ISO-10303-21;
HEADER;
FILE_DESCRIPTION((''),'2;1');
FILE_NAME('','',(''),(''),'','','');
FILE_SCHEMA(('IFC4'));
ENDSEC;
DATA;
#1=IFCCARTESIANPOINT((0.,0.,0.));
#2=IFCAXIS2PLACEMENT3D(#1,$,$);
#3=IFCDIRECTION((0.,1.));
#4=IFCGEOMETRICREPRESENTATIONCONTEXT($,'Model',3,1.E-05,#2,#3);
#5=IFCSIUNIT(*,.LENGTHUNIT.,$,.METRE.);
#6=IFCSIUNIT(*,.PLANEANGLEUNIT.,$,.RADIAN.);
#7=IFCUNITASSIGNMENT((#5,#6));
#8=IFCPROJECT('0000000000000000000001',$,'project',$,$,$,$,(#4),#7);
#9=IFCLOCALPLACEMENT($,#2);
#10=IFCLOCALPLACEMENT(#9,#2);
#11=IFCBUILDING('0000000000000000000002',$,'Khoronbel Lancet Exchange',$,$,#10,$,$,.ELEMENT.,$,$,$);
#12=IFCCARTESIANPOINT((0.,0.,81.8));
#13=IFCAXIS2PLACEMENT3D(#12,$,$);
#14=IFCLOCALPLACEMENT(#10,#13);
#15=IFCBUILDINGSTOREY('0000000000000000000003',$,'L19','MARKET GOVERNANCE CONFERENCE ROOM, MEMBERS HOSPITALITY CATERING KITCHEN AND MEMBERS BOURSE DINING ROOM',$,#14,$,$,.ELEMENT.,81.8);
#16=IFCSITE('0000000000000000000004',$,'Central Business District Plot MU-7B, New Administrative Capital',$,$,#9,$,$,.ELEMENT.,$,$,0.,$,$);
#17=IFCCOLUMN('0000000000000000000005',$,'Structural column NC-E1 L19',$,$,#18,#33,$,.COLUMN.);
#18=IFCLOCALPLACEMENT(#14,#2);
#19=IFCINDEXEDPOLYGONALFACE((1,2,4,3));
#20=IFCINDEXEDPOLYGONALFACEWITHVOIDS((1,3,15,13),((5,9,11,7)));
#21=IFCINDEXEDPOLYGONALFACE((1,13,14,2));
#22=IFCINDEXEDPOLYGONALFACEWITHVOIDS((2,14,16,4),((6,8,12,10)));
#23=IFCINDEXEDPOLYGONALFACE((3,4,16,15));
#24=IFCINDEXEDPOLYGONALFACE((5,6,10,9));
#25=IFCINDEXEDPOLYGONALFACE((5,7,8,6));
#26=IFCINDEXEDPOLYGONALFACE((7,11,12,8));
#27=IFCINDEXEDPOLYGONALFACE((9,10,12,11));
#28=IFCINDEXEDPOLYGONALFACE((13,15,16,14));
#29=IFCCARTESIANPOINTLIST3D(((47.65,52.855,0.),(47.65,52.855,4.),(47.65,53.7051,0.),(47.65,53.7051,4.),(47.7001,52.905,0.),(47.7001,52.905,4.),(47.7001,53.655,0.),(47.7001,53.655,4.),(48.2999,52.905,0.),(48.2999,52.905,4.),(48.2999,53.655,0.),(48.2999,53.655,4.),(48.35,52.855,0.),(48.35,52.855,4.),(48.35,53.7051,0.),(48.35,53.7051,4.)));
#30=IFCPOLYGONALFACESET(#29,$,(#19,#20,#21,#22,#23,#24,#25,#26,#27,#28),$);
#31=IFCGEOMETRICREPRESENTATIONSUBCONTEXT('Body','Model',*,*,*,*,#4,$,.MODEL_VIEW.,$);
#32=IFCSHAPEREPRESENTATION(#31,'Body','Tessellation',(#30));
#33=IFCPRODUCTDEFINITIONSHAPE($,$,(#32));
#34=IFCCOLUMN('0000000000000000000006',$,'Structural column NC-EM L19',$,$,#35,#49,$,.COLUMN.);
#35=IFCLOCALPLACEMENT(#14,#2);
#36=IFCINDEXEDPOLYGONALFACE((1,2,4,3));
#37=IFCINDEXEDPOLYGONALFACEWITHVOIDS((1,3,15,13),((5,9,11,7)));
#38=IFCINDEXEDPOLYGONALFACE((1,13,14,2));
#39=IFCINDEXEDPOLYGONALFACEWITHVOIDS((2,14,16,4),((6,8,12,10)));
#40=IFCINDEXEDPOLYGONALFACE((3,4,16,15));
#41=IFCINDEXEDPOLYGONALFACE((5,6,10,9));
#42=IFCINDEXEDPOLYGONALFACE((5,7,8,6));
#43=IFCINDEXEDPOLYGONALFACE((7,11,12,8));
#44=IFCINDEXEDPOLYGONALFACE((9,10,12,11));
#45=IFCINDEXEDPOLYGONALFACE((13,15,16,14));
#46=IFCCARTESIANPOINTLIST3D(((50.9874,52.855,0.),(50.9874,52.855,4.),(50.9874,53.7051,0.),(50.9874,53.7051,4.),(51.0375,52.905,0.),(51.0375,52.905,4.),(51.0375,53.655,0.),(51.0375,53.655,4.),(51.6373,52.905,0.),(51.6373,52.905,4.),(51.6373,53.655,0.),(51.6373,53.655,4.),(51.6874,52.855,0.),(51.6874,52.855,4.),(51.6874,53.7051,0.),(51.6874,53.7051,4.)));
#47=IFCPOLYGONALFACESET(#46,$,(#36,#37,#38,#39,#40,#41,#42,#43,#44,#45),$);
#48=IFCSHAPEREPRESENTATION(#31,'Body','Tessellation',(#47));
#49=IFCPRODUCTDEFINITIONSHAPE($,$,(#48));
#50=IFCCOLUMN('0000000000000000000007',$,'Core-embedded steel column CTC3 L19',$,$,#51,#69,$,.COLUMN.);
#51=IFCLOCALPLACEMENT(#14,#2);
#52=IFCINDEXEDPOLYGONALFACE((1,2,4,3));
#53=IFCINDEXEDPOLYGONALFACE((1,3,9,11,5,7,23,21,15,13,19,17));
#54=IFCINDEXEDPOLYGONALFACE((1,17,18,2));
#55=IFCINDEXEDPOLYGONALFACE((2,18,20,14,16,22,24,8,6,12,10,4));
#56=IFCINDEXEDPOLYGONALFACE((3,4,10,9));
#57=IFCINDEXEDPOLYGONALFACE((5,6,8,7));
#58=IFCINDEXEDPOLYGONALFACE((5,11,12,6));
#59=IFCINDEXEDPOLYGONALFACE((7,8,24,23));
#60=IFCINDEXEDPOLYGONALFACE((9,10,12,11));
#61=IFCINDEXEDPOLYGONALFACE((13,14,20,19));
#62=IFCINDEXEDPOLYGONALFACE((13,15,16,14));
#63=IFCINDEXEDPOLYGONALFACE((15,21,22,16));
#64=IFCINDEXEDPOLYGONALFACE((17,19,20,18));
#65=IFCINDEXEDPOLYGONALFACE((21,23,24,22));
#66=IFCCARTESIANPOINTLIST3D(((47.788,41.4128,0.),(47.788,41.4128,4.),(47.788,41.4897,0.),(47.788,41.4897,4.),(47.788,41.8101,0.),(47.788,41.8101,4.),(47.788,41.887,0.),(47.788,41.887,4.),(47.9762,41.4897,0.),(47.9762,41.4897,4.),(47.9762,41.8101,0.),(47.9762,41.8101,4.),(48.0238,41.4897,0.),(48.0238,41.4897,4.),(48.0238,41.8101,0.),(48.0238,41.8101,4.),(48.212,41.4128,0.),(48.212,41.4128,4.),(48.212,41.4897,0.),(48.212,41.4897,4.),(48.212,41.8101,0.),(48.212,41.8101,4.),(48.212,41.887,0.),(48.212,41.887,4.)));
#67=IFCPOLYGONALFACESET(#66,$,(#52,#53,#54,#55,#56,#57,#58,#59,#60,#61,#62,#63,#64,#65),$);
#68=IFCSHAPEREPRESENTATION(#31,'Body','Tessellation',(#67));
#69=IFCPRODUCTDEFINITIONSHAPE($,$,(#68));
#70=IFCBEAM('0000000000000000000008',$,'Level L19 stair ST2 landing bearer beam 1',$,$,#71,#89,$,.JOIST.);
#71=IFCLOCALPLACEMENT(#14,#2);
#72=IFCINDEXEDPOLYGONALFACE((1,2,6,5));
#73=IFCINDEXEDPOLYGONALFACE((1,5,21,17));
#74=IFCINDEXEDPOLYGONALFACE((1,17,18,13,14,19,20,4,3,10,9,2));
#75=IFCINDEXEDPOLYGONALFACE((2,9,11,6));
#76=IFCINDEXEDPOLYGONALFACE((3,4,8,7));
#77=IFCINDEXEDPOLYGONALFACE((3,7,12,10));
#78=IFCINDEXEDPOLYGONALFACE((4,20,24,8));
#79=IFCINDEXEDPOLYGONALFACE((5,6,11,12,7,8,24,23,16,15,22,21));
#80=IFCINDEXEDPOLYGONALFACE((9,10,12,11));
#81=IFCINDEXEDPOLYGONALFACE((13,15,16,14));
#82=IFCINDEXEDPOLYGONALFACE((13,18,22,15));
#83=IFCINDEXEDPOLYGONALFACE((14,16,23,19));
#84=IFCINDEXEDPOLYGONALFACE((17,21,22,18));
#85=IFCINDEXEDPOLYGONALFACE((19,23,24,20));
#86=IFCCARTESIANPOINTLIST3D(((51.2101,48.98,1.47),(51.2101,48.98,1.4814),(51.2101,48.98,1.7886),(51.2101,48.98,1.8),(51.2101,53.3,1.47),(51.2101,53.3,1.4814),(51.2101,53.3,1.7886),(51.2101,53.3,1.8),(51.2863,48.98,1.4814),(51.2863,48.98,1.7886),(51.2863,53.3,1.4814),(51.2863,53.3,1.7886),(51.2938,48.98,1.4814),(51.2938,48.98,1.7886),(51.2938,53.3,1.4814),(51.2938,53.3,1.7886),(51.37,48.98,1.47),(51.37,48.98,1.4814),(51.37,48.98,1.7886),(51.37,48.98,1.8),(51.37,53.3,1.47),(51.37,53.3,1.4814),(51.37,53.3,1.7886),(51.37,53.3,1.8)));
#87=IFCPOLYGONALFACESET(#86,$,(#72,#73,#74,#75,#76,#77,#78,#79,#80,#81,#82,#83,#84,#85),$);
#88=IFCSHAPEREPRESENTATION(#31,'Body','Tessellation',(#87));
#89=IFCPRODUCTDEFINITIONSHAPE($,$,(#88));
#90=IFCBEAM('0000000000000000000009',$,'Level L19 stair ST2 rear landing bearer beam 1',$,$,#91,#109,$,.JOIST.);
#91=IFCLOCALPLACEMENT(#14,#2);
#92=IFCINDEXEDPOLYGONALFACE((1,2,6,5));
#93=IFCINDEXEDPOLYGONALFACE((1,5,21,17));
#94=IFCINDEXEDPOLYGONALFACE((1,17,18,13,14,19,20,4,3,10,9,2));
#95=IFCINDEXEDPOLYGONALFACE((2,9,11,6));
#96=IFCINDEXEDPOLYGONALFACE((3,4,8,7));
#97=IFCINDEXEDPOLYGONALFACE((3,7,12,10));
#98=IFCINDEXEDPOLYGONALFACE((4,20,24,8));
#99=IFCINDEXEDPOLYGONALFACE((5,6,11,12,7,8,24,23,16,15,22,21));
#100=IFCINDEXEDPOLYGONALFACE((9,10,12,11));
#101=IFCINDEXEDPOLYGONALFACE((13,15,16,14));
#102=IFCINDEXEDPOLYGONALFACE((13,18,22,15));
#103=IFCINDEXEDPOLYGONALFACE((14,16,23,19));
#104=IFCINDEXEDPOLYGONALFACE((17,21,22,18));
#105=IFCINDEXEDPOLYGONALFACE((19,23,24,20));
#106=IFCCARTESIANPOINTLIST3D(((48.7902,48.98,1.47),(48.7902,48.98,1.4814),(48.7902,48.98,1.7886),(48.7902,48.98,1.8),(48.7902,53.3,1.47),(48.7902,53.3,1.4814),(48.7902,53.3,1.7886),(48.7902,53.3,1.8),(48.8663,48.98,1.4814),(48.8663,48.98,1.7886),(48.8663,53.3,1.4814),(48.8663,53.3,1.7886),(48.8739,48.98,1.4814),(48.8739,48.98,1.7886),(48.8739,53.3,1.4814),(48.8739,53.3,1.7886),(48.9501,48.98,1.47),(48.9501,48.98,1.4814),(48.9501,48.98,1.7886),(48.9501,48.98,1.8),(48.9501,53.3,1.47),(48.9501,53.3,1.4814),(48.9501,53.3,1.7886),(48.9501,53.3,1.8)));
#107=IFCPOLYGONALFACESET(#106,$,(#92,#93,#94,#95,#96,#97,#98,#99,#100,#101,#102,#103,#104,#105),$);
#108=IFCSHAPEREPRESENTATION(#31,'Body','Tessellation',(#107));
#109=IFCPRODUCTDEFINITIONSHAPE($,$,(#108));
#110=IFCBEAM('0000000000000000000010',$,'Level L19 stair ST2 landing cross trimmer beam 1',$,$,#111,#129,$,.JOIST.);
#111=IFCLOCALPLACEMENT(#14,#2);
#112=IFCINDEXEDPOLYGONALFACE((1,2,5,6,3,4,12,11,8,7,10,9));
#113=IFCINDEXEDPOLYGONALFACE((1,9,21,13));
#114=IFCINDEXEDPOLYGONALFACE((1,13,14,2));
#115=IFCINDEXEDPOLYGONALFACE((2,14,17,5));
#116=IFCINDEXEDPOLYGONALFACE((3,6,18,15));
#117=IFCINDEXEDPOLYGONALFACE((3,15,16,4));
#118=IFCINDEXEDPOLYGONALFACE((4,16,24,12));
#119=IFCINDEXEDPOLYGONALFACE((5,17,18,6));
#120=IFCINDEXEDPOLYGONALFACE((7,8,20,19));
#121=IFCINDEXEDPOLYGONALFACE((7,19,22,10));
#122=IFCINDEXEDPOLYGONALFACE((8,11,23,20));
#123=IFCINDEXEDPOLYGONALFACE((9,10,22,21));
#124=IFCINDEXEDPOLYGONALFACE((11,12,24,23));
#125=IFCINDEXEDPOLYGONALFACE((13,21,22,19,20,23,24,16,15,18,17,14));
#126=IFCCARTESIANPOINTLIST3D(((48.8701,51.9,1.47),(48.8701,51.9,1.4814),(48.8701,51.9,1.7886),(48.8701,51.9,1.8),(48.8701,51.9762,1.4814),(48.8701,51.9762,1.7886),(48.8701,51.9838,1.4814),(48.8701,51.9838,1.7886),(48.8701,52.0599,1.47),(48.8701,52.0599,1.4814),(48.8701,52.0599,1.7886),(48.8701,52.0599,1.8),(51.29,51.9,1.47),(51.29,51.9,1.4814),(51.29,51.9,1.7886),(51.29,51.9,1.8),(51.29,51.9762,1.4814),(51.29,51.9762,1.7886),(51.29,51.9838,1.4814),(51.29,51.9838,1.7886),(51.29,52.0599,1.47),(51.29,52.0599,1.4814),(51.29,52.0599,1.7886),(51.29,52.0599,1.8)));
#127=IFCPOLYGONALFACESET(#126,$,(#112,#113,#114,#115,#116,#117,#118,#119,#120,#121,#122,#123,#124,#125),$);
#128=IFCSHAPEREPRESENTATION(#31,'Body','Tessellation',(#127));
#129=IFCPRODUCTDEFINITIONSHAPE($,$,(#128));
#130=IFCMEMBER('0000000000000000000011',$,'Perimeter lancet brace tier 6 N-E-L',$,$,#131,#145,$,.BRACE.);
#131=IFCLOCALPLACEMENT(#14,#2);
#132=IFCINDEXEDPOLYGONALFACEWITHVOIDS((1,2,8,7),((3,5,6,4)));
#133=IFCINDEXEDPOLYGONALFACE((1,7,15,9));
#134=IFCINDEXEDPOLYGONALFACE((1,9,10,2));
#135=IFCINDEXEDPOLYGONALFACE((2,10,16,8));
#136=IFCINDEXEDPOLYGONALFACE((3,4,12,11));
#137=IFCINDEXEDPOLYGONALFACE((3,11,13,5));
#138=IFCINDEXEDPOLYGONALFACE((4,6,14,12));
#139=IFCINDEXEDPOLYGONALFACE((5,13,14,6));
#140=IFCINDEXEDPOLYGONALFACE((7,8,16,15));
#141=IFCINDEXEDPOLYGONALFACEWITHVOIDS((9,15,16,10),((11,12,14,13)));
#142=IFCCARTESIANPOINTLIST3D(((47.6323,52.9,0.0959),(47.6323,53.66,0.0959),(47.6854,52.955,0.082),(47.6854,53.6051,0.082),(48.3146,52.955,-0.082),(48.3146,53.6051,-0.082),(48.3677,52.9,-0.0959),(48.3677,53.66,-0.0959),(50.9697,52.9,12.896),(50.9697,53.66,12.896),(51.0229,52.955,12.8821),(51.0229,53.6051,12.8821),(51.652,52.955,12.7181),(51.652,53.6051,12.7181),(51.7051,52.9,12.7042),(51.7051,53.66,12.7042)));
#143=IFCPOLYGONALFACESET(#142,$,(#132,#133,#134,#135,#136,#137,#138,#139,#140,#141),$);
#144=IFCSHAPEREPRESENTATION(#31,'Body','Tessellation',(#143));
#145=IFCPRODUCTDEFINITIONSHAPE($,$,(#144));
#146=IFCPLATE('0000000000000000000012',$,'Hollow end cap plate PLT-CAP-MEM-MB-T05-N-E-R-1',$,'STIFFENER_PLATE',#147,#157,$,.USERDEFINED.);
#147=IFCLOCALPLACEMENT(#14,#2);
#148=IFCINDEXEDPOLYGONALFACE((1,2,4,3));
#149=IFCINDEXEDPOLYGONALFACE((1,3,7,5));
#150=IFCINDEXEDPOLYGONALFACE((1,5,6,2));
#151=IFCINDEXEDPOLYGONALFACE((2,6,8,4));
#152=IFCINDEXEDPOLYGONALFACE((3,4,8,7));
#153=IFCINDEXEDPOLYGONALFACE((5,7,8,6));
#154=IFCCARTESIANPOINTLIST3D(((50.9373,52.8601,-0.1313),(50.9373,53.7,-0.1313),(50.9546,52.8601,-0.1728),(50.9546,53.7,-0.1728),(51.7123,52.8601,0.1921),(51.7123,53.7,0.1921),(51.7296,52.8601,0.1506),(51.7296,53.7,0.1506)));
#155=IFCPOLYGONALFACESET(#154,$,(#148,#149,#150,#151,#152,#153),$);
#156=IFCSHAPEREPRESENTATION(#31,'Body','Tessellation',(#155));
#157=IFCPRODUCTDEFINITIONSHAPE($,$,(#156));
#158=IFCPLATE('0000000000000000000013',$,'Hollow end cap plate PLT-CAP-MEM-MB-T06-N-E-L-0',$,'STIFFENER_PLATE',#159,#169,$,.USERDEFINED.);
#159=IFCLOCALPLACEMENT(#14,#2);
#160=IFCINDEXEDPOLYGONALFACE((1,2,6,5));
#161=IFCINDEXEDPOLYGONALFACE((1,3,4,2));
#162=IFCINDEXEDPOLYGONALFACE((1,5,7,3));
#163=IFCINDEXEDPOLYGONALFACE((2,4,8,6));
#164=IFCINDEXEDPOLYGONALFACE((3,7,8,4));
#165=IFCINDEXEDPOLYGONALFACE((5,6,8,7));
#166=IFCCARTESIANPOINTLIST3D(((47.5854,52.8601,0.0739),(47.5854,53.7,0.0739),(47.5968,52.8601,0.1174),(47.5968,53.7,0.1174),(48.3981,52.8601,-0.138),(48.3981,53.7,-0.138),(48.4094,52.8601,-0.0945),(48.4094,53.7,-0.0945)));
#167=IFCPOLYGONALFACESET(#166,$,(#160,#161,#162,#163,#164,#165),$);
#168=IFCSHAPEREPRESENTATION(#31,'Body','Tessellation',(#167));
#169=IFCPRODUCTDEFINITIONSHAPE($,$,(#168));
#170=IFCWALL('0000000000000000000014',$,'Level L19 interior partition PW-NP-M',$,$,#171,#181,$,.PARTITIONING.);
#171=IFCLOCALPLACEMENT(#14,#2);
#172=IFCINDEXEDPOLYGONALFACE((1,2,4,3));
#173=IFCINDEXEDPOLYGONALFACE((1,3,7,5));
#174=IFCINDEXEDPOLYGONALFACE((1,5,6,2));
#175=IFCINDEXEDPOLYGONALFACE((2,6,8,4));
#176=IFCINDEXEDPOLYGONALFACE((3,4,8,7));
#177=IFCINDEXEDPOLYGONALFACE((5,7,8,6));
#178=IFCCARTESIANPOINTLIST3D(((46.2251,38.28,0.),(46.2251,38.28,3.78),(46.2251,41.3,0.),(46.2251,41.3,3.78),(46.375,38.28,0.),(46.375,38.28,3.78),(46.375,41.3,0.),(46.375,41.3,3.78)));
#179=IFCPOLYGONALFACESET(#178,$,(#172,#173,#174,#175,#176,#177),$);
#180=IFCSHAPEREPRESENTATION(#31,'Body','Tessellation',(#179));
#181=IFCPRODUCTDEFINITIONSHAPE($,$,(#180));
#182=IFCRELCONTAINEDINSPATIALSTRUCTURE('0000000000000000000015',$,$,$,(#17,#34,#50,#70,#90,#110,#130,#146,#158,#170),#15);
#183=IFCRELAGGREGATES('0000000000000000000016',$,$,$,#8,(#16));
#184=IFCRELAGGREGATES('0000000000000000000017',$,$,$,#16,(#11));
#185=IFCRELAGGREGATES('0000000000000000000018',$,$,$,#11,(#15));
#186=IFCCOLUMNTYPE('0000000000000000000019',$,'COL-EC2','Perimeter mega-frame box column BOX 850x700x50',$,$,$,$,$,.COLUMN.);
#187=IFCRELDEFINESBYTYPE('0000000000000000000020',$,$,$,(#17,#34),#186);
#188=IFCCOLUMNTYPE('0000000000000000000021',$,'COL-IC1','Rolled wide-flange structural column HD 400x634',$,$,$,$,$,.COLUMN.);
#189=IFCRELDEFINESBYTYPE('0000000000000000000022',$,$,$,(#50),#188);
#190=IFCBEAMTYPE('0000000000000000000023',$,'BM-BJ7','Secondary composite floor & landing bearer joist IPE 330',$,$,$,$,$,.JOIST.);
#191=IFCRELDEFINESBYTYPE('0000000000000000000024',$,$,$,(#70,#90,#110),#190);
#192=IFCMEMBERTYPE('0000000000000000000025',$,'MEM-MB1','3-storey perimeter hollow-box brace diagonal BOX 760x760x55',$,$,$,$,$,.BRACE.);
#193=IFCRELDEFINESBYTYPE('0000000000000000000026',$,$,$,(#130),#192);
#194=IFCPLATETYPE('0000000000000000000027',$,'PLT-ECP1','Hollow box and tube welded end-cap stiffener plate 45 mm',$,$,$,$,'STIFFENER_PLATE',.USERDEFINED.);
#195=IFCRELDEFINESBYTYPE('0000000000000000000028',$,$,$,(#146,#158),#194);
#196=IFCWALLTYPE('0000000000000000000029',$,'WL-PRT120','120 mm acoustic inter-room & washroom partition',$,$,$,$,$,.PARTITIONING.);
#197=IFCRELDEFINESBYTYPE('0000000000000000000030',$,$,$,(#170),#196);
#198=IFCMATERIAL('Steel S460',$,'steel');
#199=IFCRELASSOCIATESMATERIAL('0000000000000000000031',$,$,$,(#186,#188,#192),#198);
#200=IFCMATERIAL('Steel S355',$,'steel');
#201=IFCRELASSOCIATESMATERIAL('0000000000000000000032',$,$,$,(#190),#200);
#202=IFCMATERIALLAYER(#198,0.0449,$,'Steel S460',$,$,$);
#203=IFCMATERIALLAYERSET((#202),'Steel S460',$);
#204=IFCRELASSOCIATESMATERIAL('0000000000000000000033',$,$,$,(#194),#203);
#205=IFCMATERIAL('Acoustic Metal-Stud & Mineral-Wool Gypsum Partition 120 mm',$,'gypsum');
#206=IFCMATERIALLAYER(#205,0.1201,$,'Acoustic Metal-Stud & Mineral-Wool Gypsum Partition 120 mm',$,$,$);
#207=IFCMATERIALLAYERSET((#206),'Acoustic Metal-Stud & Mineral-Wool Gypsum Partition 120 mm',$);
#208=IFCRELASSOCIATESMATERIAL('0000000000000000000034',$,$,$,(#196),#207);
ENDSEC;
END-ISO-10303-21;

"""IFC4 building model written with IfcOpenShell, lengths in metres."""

from ifc_helpers import new_model, si_unit, direction, frame, frame_2d, origin, origin_2d, place, context, subcontext, project, spatial, polyline, rectangle, hollow_rectangle, i_section, outline, extrude, material, layer, layer_set, material_profile, profile_set, type_object, element, save


model = new_model("IFC4")

# Units and contexts
model_context = context("Model", 3, precision=1e-05, world=origin(), true_north=direction((0.0, 1.0)))
body_context = subcontext(model_context, "Body", "Model", "MODEL_VIEW")
ifc_project = project(units=[si_unit("LENGTHUNIT", "METRE"), si_unit("PLANEANGLEUNIT", "RADIAN")], contexts=[model_context])

# Site, building, storey
site_placement = place(None, origin())
site = spatial("IfcSite", under=ifc_project, at=site_placement, Name="Central Business District Plot MU-7B, New Administrative Capital", CompositionType="ELEMENT", RefElevation=0.0)
building_placement = place(site_placement, origin())
building = spatial("IfcBuilding", under=site, at=building_placement, Name="Khoronbel Lancet Exchange", CompositionType="ELEMENT")
storey_placement = place(building_placement, frame((0.0, 0.0, 81.8)))
storey = spatial("IfcBuildingStorey", under=building, at=storey_placement, Name="L19", Description="MARKET GOVERNANCE CONFERENCE ROOM, MEMBERS HOSPITALITY CATERING KITCHEN AND MEMBERS BOURSE DINING ROOM", CompositionType="ELEMENT", Elevation=81.8)

# Columns
ifc_material_1 = material(Name="Steel S460", Category="steel")
ifc_material_profile_1 = material_profile(ifc_material_1, hollow_rectangle(XDim=0.7, YDim=0.8501, WallThickness=0.05, at=origin_2d()), Name="BOX 850x700x50")
ifc_profile_set_1 = profile_set([ifc_material_profile_1], Name="Steel S460")
column_type_1 = type_object("IfcColumnType", Name="COL-EC2", Description="Perimeter mega-frame box column BOX 850x700x50", PredefinedType="COLUMN", material=ifc_profile_set_1)
for number, where, z_axis, x_axis, name in (
    (1, (48.0, 53.28, 0.0), (0.0, 0.0, 1.0), (1.0, 0.0, 0.0), "Structural column NC-E1 L19"),
    (2, (51.3374, 53.28, 0.0), (0.0, 0.0, 1.0), (1.0, 0.0, 0.0), "Structural column NC-EM L19"),
):
    element("IfcColumn", number, at=place(storey_placement, frame(where, z_axis=z_axis, x_axis=x_axis)), inside=storey, type_object=column_type_1, Name=name, PredefinedType="COLUMN", context=body_context, shape_type="SweptSolid", body=[
        extrude(hollow_rectangle(XDim=0.7, YDim=0.8501, WallThickness=0.05, at=origin_2d()), origin(), (0.0, 0.0, 1.0), 4.0),
    ])
ifc_material_profile_2 = material_profile(ifc_material_1, i_section(OverallWidth=0.4241, OverallDepth=0.4741, WebThickness=0.0476, FlangeThickness=0.0769, at=origin_2d()), Name="HD 400x634")
ifc_profile_set_2 = profile_set([ifc_material_profile_2], Name="Steel S460")
column_type_2 = type_object("IfcColumnType", Name="COL-IC1", Description="Rolled wide-flange structural column HD 400x634", PredefinedType="COLUMN", material=ifc_profile_set_2)
column_placement = place(storey_placement, frame((48.0, 41.6499, 0.0), z_axis=(0.0, 0.0, 1.0), x_axis=(1.0, 0.0, 0.0)))
element("IfcColumn", 3, at=column_placement, inside=storey, type_object=column_type_2, Name="Core-embedded steel column CTC3 L19", PredefinedType="COLUMN", context=body_context, shape_type="SweptSolid", body=[
    extrude(i_section(OverallWidth=0.4241, OverallDepth=0.4741, WebThickness=0.0476, FlangeThickness=0.0769, at=origin_2d()), origin(), (0.0, 0.0, 1.0), 4.0),
])

# Beams
ifc_material_2 = material(Name="Steel S355", Category="steel")
ifc_material_profile_3 = material_profile(ifc_material_2, i_section(OverallWidth=0.1599, OverallDepth=0.3301, WebThickness=0.0076, FlangeThickness=0.0115, at=origin_2d()), Name="IPE 330")
ifc_profile_set_3 = profile_set([ifc_material_profile_3], Name="Steel S355")
beam_type = type_object("IfcBeamType", Name="BM-BJ7", Description="Secondary composite floor & landing bearer joist IPE 330", PredefinedType="JOIST", material=ifc_profile_set_3)
for number, where, z_axis, x_axis, name in (
    (4, (51.29, 48.98, 1.635), (0.0, 1.0, 0.0), (-1.0, 0.0, 0.0), "Level L19 stair ST2 landing bearer beam 1"),
    (5, (48.8701, 48.98, 1.635), (0.0, 1.0, 0.0), (-1.0, 0.0, 0.0), "Level L19 stair ST2 rear landing bearer beam 1"),
):
    element("IfcBeam", number, at=place(storey_placement, frame(where, z_axis=z_axis, x_axis=x_axis)), inside=storey, type_object=beam_type, Name=name, PredefinedType="JOIST", context=body_context, shape_type="SweptSolid", body=[
        extrude(i_section(OverallWidth=0.1599, OverallDepth=0.3301, WebThickness=0.0076, FlangeThickness=0.0115, at=origin_2d()), origin(), (0.0, 0.0, 1.0), 4.3201),
    ])
beam_placement = place(storey_placement, frame((48.8701, 51.98, 1.635), z_axis=(1.0, 0.0, 0.0), x_axis=(0.0, 1.0, 0.0)))
element("IfcBeam", 6, at=beam_placement, inside=storey, type_object=beam_type, Name="Level L19 stair ST2 landing cross trimmer beam 1", PredefinedType="JOIST", context=body_context, shape_type="SweptSolid", body=[
    extrude(i_section(OverallWidth=0.1599, OverallDepth=0.3301, WebThickness=0.0076, FlangeThickness=0.0115, at=origin_2d()), origin(), (0.0, 0.0, 1.0), 2.4199),
])

# Member
ifc_material_profile_4 = material_profile(ifc_material_1, hollow_rectangle(XDim=0.76, YDim=0.76, WallThickness=0.0549, at=origin_2d()), Name="BOX 760x760x55")
ifc_profile_set_4 = profile_set([ifc_material_profile_4], Name="Steel S460")
member_type = type_object("IfcMemberType", Name="MEM-MB1", Description="3-storey perimeter hollow-box brace diagonal BOX 760x760x55", PredefinedType="BRACE", material=ifc_profile_set_4)
member_placement = place(storey_placement, frame((48.0, 53.28, 0.0), z_axis=(0.252299, 0.0, 0.967649), x_axis=(0.0, 1.0, 0.0)))
element("IfcMember", 7, at=member_placement, inside=storey, type_object=member_type, Name="Perimeter lancet brace tier 6 N-E-L", PredefinedType="BRACE", context=body_context, shape_type="SweptSolid", body=[
    extrude(hollow_rectangle(XDim=0.76, YDim=0.76, WallThickness=0.0549, at=origin_2d()), origin(), (0.0, 0.0, 1.0), 13.228),
])

# Plates
ifc_layer_1 = layer(ifc_material_1, 0.0449, Name="Steel S460")
ifc_layer_set_1 = layer_set([ifc_layer_1], Name="Steel S460")
plate_type = type_object("IfcPlateType", Name="PLT-ECP1", Description="Hollow box and tube welded end-cap stiffener plate 45 mm", ElementType="STIFFENER_PLATE", PredefinedType="USERDEFINED", material=ifc_layer_set_1)
for number, where, z_axis, x_axis, name in (
    (8, (50.9373, 53.7, -0.1313), (-0.385131, 0.0, 0.922862), (0.0, -1.0, 0.0), "Hollow end cap plate PLT-CAP-MEM-MB-T05-N-E-R-1"),
    (9, (48.4094, 52.8601, -0.0945), (0.252304, 0.0, 0.967648), (0.0, 1.0, 0.0), "Hollow end cap plate PLT-CAP-MEM-MB-T06-N-E-L-0"),
):
    element("IfcPlate", number, at=place(storey_placement, frame(where, z_axis=z_axis, x_axis=x_axis)), inside=storey, type_object=plate_type, Name=name, ObjectType="STIFFENER_PLATE", PredefinedType="USERDEFINED", context=body_context, shape_type="SweptSolid", body=[
        extrude(outline(polyline([(0.0, 0.0), (0.8398, 0.0), (0.8398, 0.8398), (0.0, 0.8398), (0.0, 0.0)])), origin(), (0.0, 0.0, -1.0), 0.0449),
    ])

# Wall
ifc_material_3 = material(Name="Acoustic Metal-Stud & Mineral-Wool Gypsum Partition 120 mm", Category="gypsum")
ifc_layer_2 = layer(ifc_material_3, 0.1201, Name="Acoustic Metal-Stud & Mineral-Wool Gypsum Partition 120 mm")
ifc_layer_set_2 = layer_set([ifc_layer_2], Name="Acoustic Metal-Stud & Mineral-Wool Gypsum Partition 120 mm")
wall_type_1 = type_object("IfcWallType", Name="WL-PRT120", Description="120 mm acoustic inter-room & washroom partition", PredefinedType="PARTITIONING", material=ifc_layer_set_2)
wall_1_placement = place(storey_placement, frame((46.3, 38.28, 0.0), z_axis=(0.0, 0.0, 1.0), x_axis=(0.0, 1.0, 0.0)))
element("IfcWall", 10, at=wall_1_placement, inside=storey, type_object=wall_type_1, Name="Level L19 interior partition PW-NP-M", PredefinedType="PARTITIONING", context=body_context, shape_type="SweptSolid", body=[
    extrude(rectangle(XDim=3.02, YDim=0.1499, at=frame_2d((1.51, 0.0))), origin(), (0.0, 0.0, 1.0), 3.78),
])

save(model, "model.ifc")
